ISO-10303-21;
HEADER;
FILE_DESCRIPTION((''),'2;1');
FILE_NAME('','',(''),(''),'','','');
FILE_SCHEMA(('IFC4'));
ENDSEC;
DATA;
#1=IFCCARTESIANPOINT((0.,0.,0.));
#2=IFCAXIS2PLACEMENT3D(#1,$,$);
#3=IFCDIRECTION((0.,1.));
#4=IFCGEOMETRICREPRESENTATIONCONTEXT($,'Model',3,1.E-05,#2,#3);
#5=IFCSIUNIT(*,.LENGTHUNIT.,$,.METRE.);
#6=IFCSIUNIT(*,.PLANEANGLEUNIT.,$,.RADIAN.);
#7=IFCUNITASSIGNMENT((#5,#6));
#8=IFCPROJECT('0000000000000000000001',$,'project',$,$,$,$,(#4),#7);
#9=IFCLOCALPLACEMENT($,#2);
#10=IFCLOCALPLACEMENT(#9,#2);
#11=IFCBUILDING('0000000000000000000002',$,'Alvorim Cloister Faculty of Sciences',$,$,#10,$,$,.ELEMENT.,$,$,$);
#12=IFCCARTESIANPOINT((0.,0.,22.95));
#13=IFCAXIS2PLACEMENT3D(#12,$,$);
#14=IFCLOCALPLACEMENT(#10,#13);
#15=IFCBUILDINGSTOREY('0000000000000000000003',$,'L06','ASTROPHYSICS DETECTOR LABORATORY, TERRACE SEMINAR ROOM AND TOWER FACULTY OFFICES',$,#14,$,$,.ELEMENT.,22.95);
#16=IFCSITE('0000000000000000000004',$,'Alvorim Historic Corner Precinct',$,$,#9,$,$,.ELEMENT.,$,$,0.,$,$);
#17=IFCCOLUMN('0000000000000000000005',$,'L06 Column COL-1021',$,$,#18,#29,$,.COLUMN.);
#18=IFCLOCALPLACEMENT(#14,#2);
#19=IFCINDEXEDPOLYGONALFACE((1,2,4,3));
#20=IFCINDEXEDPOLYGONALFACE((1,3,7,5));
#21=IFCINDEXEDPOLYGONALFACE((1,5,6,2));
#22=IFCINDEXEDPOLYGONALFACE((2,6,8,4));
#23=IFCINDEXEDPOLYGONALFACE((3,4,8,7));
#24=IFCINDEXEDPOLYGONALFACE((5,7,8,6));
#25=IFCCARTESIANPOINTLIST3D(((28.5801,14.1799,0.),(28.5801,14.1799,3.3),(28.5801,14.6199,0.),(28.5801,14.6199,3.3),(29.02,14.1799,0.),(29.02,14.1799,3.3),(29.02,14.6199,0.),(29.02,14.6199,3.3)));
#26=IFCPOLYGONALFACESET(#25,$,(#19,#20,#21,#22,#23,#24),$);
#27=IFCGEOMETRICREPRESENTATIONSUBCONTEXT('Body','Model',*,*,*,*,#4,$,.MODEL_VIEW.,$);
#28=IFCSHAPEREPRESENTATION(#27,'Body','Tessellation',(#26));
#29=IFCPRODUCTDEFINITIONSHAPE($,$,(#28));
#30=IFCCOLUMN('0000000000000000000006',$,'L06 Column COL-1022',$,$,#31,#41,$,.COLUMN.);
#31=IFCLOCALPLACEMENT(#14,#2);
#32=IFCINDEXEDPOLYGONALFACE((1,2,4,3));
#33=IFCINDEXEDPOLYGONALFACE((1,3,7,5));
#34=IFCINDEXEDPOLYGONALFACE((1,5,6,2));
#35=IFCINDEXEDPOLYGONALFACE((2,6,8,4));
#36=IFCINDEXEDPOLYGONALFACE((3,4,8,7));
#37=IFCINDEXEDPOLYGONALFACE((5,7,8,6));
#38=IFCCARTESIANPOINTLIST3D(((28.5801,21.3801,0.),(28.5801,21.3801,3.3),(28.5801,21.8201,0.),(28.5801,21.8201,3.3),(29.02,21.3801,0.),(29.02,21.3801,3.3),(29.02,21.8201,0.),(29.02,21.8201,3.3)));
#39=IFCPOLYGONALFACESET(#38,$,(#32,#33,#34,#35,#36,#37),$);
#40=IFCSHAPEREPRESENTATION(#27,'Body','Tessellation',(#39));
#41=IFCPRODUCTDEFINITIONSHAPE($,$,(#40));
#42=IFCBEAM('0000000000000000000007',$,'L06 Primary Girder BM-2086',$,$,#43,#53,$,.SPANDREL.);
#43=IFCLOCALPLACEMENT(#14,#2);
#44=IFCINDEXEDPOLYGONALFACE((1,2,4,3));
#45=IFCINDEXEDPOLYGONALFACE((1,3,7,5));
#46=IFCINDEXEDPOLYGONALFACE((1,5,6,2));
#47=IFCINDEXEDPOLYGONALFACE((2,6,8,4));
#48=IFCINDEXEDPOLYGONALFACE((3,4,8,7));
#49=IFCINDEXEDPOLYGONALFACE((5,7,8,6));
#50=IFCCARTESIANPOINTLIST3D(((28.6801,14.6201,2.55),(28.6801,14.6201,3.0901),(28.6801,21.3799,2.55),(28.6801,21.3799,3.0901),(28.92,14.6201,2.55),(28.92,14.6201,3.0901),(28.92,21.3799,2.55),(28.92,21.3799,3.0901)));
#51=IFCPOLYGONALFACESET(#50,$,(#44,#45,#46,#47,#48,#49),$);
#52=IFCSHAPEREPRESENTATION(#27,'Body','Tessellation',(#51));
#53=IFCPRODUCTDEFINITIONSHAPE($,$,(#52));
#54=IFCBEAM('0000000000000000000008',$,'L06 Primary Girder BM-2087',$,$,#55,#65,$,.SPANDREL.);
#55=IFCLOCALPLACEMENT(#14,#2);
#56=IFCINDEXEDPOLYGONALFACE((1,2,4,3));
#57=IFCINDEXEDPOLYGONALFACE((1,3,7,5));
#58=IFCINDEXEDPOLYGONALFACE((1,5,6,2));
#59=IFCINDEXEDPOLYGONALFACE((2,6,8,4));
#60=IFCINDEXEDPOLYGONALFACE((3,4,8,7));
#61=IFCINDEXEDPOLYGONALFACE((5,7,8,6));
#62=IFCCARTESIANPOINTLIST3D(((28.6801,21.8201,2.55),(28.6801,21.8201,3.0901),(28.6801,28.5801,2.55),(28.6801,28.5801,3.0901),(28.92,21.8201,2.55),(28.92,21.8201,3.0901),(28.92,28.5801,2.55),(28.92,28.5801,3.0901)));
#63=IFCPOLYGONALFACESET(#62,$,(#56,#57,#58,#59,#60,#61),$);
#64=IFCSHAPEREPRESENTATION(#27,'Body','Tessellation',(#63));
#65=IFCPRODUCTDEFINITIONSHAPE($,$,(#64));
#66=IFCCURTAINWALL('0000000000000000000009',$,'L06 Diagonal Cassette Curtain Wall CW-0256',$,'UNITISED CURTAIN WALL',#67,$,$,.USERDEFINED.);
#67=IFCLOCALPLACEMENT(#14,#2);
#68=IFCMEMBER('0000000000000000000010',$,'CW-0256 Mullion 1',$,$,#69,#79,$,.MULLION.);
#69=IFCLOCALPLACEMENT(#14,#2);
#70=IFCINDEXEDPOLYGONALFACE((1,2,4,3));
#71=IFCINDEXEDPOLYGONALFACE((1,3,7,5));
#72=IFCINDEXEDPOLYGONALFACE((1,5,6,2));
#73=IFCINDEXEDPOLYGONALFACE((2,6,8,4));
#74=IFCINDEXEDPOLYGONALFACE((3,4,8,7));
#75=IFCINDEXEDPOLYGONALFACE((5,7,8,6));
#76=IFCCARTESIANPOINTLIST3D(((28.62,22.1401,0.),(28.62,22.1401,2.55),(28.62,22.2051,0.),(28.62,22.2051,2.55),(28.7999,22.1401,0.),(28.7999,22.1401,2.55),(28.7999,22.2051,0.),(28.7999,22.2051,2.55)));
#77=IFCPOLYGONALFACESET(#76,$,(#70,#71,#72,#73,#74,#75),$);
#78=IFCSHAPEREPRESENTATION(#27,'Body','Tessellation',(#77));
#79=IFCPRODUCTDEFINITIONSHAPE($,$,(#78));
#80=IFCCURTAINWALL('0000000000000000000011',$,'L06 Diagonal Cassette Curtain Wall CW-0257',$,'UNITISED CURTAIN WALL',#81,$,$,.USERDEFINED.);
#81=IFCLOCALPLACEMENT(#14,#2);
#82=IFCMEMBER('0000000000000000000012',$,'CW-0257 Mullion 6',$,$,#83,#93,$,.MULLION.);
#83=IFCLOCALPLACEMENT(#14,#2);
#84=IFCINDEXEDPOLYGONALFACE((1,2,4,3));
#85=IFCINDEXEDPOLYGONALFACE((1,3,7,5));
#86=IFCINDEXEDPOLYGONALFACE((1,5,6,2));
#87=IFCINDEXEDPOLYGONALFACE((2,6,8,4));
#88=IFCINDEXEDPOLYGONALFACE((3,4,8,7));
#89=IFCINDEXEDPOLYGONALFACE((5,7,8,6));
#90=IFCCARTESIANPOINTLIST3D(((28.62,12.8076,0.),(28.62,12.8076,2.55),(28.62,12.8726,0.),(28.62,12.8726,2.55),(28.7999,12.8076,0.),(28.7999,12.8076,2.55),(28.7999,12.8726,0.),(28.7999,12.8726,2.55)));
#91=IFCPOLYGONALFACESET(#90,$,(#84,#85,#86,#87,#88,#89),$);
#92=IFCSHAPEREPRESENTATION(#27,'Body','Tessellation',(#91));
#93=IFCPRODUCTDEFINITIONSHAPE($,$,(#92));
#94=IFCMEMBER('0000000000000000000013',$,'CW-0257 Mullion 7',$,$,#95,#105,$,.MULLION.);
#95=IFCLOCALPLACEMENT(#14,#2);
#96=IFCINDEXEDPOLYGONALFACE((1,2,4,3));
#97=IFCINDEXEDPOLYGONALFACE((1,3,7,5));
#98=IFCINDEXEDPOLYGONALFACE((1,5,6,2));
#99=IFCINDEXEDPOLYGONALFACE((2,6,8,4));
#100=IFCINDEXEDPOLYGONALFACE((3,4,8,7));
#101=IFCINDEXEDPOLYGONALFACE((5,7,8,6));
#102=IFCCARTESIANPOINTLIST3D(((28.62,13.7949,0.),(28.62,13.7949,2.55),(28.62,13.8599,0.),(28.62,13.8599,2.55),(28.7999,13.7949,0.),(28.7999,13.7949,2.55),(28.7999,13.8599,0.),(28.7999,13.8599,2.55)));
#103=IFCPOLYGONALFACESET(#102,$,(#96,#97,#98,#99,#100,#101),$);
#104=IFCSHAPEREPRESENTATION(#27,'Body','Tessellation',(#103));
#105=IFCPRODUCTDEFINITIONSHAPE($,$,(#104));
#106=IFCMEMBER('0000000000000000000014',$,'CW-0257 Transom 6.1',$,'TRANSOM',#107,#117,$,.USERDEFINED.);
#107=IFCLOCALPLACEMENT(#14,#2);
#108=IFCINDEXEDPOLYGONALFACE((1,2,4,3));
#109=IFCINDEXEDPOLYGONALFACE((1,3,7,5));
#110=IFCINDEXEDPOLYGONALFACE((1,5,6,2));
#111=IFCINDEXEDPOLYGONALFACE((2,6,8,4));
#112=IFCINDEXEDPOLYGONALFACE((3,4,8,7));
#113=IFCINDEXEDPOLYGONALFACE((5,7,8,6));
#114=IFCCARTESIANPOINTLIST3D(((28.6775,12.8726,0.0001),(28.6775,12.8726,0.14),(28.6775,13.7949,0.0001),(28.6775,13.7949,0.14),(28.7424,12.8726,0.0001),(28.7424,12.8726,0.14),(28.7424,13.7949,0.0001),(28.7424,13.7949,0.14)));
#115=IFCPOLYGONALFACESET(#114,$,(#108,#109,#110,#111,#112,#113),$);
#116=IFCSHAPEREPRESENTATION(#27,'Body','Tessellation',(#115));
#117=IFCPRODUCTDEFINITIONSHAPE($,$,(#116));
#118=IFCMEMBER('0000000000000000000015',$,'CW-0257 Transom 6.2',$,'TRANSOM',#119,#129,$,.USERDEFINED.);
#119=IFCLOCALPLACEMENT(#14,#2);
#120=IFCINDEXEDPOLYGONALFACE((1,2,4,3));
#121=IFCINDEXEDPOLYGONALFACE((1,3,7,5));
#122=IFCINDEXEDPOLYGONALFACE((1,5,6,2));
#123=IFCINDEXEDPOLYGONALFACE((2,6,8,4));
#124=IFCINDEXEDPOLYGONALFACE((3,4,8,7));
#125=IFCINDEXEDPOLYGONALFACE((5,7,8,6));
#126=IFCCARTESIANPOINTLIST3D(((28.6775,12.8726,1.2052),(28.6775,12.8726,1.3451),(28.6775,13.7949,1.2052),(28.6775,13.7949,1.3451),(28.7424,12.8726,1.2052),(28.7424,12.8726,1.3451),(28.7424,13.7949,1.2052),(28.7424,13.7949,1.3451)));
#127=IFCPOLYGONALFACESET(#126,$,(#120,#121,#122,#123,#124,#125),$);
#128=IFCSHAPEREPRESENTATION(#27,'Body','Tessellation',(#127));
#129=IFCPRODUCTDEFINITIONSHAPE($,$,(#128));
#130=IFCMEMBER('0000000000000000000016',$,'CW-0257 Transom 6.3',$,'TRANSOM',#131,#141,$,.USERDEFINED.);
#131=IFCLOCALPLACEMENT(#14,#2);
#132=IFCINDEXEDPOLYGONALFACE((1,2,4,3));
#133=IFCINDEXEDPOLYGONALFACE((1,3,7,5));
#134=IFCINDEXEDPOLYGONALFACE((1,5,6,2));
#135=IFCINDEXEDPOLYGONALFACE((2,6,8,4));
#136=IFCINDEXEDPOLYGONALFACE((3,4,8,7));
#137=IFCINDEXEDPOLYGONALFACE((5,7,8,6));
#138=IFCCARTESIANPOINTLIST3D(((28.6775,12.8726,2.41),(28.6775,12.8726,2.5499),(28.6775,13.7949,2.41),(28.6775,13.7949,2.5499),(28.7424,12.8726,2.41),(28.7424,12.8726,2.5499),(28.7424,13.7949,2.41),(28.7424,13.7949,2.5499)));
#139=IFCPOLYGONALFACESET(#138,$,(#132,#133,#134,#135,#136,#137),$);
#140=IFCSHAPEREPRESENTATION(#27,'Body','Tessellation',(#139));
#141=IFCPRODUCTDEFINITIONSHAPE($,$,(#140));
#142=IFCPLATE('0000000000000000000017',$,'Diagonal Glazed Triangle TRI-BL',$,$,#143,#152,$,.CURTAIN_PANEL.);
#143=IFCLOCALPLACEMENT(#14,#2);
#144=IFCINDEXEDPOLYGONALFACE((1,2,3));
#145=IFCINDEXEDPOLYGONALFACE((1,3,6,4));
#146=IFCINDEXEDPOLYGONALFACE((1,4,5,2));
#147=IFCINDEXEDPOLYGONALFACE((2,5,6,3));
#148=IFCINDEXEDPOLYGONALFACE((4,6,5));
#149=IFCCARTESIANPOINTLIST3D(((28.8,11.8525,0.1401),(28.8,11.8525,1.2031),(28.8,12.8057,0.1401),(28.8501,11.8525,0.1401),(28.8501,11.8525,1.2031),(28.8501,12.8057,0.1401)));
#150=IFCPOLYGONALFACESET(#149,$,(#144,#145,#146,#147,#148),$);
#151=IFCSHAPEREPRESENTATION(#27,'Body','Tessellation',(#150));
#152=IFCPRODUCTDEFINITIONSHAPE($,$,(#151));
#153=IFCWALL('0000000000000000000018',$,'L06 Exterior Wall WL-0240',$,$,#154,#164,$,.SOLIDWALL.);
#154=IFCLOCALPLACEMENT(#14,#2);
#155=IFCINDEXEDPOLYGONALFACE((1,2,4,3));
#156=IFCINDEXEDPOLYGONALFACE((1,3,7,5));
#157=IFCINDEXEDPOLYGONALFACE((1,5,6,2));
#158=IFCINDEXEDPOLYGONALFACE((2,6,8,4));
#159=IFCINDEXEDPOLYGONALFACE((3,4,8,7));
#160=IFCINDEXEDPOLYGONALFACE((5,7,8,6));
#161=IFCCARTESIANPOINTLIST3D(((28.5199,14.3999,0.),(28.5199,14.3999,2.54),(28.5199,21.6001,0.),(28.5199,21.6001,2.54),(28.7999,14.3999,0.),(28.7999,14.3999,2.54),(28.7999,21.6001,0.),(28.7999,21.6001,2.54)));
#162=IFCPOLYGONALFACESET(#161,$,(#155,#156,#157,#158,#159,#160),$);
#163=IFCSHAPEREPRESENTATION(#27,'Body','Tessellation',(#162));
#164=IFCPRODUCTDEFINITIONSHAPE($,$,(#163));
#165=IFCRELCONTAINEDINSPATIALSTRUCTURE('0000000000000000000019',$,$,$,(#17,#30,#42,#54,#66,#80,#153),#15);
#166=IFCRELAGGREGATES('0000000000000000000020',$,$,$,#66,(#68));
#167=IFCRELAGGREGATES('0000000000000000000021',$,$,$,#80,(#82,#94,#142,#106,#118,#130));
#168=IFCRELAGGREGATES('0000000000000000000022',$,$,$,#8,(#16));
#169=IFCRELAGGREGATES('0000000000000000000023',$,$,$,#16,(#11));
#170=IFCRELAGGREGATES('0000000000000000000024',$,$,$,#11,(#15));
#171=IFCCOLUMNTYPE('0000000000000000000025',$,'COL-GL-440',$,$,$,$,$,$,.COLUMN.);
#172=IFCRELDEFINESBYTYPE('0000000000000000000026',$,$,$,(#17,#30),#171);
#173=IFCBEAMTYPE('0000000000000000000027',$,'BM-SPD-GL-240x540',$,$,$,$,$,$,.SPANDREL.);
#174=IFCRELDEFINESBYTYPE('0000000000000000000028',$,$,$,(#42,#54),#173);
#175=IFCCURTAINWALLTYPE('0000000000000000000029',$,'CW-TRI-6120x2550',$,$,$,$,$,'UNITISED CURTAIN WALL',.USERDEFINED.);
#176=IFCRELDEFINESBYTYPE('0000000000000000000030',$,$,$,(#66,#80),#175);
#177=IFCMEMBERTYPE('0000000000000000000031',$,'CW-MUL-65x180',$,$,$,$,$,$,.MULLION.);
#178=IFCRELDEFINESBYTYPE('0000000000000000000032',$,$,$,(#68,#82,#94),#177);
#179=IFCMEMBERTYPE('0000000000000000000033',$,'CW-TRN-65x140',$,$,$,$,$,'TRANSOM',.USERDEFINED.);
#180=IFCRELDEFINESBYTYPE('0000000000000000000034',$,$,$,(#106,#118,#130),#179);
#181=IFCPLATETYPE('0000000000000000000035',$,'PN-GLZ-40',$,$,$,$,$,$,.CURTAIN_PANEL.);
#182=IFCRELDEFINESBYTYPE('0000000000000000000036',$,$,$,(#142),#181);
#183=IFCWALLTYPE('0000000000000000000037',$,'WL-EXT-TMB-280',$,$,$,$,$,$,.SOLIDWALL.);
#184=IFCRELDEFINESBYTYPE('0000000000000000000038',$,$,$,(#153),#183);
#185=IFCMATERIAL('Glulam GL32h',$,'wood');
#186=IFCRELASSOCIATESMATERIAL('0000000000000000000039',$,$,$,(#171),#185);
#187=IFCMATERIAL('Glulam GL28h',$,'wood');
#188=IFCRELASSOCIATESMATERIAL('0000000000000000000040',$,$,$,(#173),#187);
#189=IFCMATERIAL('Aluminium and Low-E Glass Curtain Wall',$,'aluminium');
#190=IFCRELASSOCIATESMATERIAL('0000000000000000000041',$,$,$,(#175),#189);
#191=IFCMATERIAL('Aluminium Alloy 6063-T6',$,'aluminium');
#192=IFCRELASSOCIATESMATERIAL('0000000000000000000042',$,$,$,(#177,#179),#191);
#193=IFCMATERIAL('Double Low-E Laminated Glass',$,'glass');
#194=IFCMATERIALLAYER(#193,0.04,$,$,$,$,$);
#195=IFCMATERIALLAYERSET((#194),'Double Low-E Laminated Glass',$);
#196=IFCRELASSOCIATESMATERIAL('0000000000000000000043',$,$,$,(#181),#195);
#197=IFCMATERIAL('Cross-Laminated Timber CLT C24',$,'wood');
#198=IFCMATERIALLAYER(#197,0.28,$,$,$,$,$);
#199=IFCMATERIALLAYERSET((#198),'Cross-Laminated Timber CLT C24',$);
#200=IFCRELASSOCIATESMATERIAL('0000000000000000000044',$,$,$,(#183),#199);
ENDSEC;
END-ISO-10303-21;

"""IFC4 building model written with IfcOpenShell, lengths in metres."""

from ifc_helpers import new_model, si_unit, direction, frame, frame_2d, origin, origin_2d, place, context, subcontext, project, spatial, polyline, rectangle, outline, extrude, material, layer, layer_set, material_profile, profile_set, type_object, element, aggregate, save


model = new_model("IFC4")

# Units and contexts
model_context = context("Model", 3, precision=1e-05, world=origin(), true_north=direction((0.0, 1.0)))
body_context = subcontext(model_context, "Body", "Model", "MODEL_VIEW")
ifc_project = project(units=[si_unit("LENGTHUNIT", "METRE"), si_unit("PLANEANGLEUNIT", "RADIAN")], contexts=[model_context])

# Site, building, storey
site_placement = place(None, origin())
site = spatial("IfcSite", under=ifc_project, at=site_placement, Name="Alvorim Historic Corner Precinct", CompositionType="ELEMENT", RefElevation=0.0)
building_placement = place(site_placement, origin())
building = spatial("IfcBuilding", under=site, at=building_placement, Name="Alvorim Cloister Faculty of Sciences", CompositionType="ELEMENT")
storey_placement = place(building_placement, frame((0.0, 0.0, 22.95)))
storey = spatial("IfcBuildingStorey", under=building, at=storey_placement, Name="L06", Description="ASTROPHYSICS DETECTOR LABORATORY, TERRACE SEMINAR ROOM AND TOWER FACULTY OFFICES", CompositionType="ELEMENT", Elevation=22.95)

# Columns
ifc_material_1 = material(Name="Glulam GL32h", Category="wood")
ifc_material_profile_1 = material_profile(ifc_material_1, rectangle(XDim=0.4399, YDim=0.4399, at=origin_2d()), Name="GL32-COL-440x440")
ifc_profile_set_1 = profile_set([ifc_material_profile_1], Name="Glulam GL32h")
column_type = type_object("IfcColumnType", Name="COL-GL-440", PredefinedType="COLUMN", material=ifc_profile_set_1)
for number, where, z_axis, x_axis, name in (
    (1, (28.8, 14.3999, 0.0), (0.0, 0.0, 1.0), (1.0, 0.0, 0.0), "L06 Column COL-1021"),
    (2, (28.8, 21.6001, 0.0), (0.0, 0.0, 1.0), (1.0, 0.0, 0.0), "L06 Column COL-1022"),
):
    element("IfcColumn", number, at=place(storey_placement, frame(where, z_axis=z_axis, x_axis=x_axis)), inside=storey, type_object=column_type, Name=name, PredefinedType="COLUMN", context=body_context, shape_type="SweptSolid", body=[
        extrude(rectangle(XDim=0.4399, YDim=0.4399, at=origin_2d()), origin(), (0.0, 0.0, 1.0), 3.3),
    ])

# Beams
ifc_material_2 = material(Name="Glulam GL28h", Category="wood")
ifc_material_profile_2 = material_profile(ifc_material_2, rectangle(XDim=0.24, YDim=0.54, at=origin_2d()), Name="GL28-SPD-240x540")
ifc_profile_set_2 = profile_set([ifc_material_profile_2], Name="Glulam GL28h")
beam_type = type_object("IfcBeamType", Name="BM-SPD-GL-240x540", PredefinedType="SPANDREL", material=ifc_profile_set_2)
beam_1_placement = place(storey_placement, frame((28.8, 14.6201, 2.8201), z_axis=(0.0, 1.0, 0.0), x_axis=(-1.0, 0.0, 0.0)))
element("IfcBeam", 3, at=beam_1_placement, inside=storey, type_object=beam_type, Name="L06 Primary Girder BM-2086", PredefinedType="SPANDREL", context=body_context, shape_type="SweptSolid", body=[
    extrude(rectangle(XDim=0.24, YDim=0.54, at=origin_2d()), origin(), (0.0, 0.0, 1.0), 6.7598),
])
beam_2_placement = place(storey_placement, frame((28.8, 21.8201, 2.8201), z_axis=(0.0, 1.0, 0.0), x_axis=(-1.0, 0.0, 0.0)))
element("IfcBeam", 4, at=beam_2_placement, inside=storey, type_object=beam_type, Name="L06 Primary Girder BM-2087", PredefinedType="SPANDREL", context=body_context, shape_type="SweptSolid", body=[
    extrude(rectangle(XDim=0.24, YDim=0.54, at=origin_2d()), origin(), (0.0, 0.0, 1.0), 6.76),
])

# Curtain wall, member
ifc_material_3 = material(Name="Aluminium and Low-E Glass Curtain Wall", Category="aluminium")
curtain_wall_type = type_object("IfcCurtainWallType", Name="CW-TRI-6120x2550", ElementType="UNITISED CURTAIN WALL", PredefinedType="USERDEFINED", material=ifc_material_3)
curtain_wall_1_placement = place(storey_placement, origin())
curtain_wall_1 = element("IfcCurtainWall", 5, at=curtain_wall_1_placement, inside=storey, type_object=curtain_wall_type, Name="L06 Diagonal Cassette Curtain Wall CW-0256", ObjectType="UNITISED CURTAIN WALL", PredefinedType="USERDEFINED")
ifc_material_4 = material(Name="Aluminium Alloy 6063-T6", Category="aluminium")
ifc_material_profile_3 = material_profile(ifc_material_4, rectangle(XDim=0.0649, YDim=0.1799, at=origin_2d()), Name="ALU-MUL-65x180")
ifc_profile_set_3 = profile_set([ifc_material_profile_3], Name="Aluminium Alloy 6063-T6")
member_type_1 = type_object("IfcMemberType", Name="CW-MUL-65x180", PredefinedType="MULLION", material=ifc_profile_set_3)
member_1_placement = place(storey_placement, frame((28.71, 22.1726, 0.0), z_axis=(0.0, 0.0, 1.0), x_axis=(0.0, 1.0, 0.0)))
member_1 = element("IfcMember", 6, at=member_1_placement, type_object=member_type_1, Name="CW-0256 Mullion 1", PredefinedType="MULLION", context=body_context, shape_type="SweptSolid", body=[
    extrude(rectangle(XDim=0.0649, YDim=0.1799, at=origin_2d()), origin(), (0.0, 0.0, 1.0), 2.55),
])
aggregate(curtain_wall_1, [member_1])

# Curtain wall, members, plate
curtain_wall_2_placement = place(storey_placement, origin())
curtain_wall_2 = element("IfcCurtainWall", 7, at=curtain_wall_2_placement, inside=storey, type_object=curtain_wall_type, Name="L06 Diagonal Cassette Curtain Wall CW-0257", ObjectType="UNITISED CURTAIN WALL", PredefinedType="USERDEFINED")
member_2_placement = place(storey_placement, frame((28.71, 12.8401, 0.0), z_axis=(0.0, 0.0, 1.0), x_axis=(0.0, 1.0, 0.0)))
member_2 = element("IfcMember", 8, at=member_2_placement, type_object=member_type_1, Name="CW-0257 Mullion 6", PredefinedType="MULLION", context=body_context, shape_type="SweptSolid", body=[
    extrude(rectangle(XDim=0.0649, YDim=0.1799, at=origin_2d()), origin(), (0.0, 0.0, 1.0), 2.55),
])
member_3_placement = place(storey_placement, frame((28.71, 13.8274, 0.0), z_axis=(0.0, 0.0, 1.0), x_axis=(0.0, 1.0, 0.0)))
member_3 = element("IfcMember", 9, at=member_3_placement, type_object=member_type_1, Name="CW-0257 Mullion 7", PredefinedType="MULLION", context=body_context, shape_type="SweptSolid", body=[
    extrude(rectangle(XDim=0.0649, YDim=0.1799, at=origin_2d()), origin(), (0.0, 0.0, 1.0), 2.55),
])
ifc_material_profile_4 = material_profile(ifc_material_4, rectangle(XDim=0.0649, YDim=0.1399, at=origin_2d()), Name="ALU-TRN-65x140")
ifc_profile_set_4 = profile_set([ifc_material_profile_4], Name="Aluminium Alloy 6063-T6")
member_type_2 = type_object("IfcMemberType", Name="CW-TRN-65x140", ElementType="TRANSOM", PredefinedType="USERDEFINED", material=ifc_profile_set_4)
member_4_placement = place(storey_placement, frame((28.71, 12.8726, 0.0701), z_axis=(0.0, 1.0, 0.0), x_axis=(-1.0, 0.0, 0.0)))
member_4 = element("IfcMember", 10, at=member_4_placement, type_object=member_type_2, Name="CW-0257 Transom 6.1", ObjectType="TRANSOM", PredefinedType="USERDEFINED", context=body_context, shape_type="SweptSolid", body=[
    extrude(rectangle(XDim=0.0649, YDim=0.1399, at=origin_2d()), origin(), (0.0, 0.0, 1.0), 0.9224),
])
member_5_placement = place(storey_placement, frame((28.71, 12.8726, 1.2751), z_axis=(0.0, 1.0, 0.0), x_axis=(-1.0, 0.0, 0.0)))
member_5 = element("IfcMember", 11, at=member_5_placement, type_object=member_type_2, Name="CW-0257 Transom 6.2", ObjectType="TRANSOM", PredefinedType="USERDEFINED", context=body_context, shape_type="SweptSolid", body=[
    extrude(rectangle(XDim=0.0649, YDim=0.1399, at=origin_2d()), origin(), (0.0, 0.0, 1.0), 0.9224),
])
member_6_placement = place(storey_placement, frame((28.71, 12.8726, 2.48), z_axis=(0.0, 1.0, 0.0), x_axis=(-1.0, 0.0, 0.0)))
member_6 = element("IfcMember", 12, at=member_6_placement, type_object=member_type_2, Name="CW-0257 Transom 6.3", ObjectType="TRANSOM", PredefinedType="USERDEFINED", context=body_context, shape_type="SweptSolid", body=[
    extrude(rectangle(XDim=0.0649, YDim=0.1399, at=origin_2d()), origin(), (0.0, 0.0, 1.0), 0.9224),
])
ifc_material_5 = material(Name="Double Low-E Laminated Glass", Category="glass")
ifc_layer_1 = layer(ifc_material_5, 0.04)
ifc_layer_set_1 = layer_set([ifc_layer_1], Name="Double Low-E Laminated Glass")
plate_type = type_object("IfcPlateType", Name="PN-GLZ-40", PredefinedType="CURTAIN_PANEL", material=ifc_layer_set_1)
plate_1_placement = place(storey_placement, frame((28.825, 11.8525, 0.1401), z_axis=(0.0, 0.0, 1.0), x_axis=(0.0, 1.0, 0.0)))
plate_1 = element("IfcPlate", 13, at=plate_1_placement, type_object=plate_type, Name="Diagonal Glazed Triangle TRI-BL", PredefinedType="CURTAIN_PANEL", context=body_context, shape_type="SweptSolid", body=[
    extrude(outline(polyline([(0.0, 0.0), (0.9531, 0.0), (0.0, 1.063), (0.0, 0.0)])), frame((0.0, 0.0249, 0.0), z_axis=(0.0, -1.0, 0.0), x_axis=(1.0, 0.0, 0.0)), (0.0, 0.0, 1.0), 0.05),
])
aggregate(curtain_wall_2, [member_2, member_3, plate_1, member_4, member_5, member_6])

# Wall
ifc_material_6 = material(Name="Cross-Laminated Timber CLT C24", Category="wood")
ifc_layer_2 = layer(ifc_material_6, 0.28)
ifc_layer_set_2 = layer_set([ifc_layer_2], Name="Cross-Laminated Timber CLT C24")
wall_type_1 = type_object("IfcWallType", Name="WL-EXT-TMB-280", PredefinedType="SOLIDWALL", material=ifc_layer_set_2)
wall_1_placement = place(storey_placement, frame((28.6599, 14.3999, 0.0), z_axis=(0.0, 0.0, 1.0), x_axis=(0.0, 1.0, 0.0)))
element("IfcWall", 14, at=wall_1_placement, inside=storey, type_object=wall_type_1, Name="L06 Exterior Wall WL-0240", PredefinedType="SOLIDWALL", context=body_context, shape_type="SweptSolid", body=[
    extrude(rectangle(XDim=7.2002, YDim=0.28, at=frame_2d((3.6001, 0.0))), origin(), (0.0, 0.0, 1.0), 2.54),
])

save(model, "model.ifc")
